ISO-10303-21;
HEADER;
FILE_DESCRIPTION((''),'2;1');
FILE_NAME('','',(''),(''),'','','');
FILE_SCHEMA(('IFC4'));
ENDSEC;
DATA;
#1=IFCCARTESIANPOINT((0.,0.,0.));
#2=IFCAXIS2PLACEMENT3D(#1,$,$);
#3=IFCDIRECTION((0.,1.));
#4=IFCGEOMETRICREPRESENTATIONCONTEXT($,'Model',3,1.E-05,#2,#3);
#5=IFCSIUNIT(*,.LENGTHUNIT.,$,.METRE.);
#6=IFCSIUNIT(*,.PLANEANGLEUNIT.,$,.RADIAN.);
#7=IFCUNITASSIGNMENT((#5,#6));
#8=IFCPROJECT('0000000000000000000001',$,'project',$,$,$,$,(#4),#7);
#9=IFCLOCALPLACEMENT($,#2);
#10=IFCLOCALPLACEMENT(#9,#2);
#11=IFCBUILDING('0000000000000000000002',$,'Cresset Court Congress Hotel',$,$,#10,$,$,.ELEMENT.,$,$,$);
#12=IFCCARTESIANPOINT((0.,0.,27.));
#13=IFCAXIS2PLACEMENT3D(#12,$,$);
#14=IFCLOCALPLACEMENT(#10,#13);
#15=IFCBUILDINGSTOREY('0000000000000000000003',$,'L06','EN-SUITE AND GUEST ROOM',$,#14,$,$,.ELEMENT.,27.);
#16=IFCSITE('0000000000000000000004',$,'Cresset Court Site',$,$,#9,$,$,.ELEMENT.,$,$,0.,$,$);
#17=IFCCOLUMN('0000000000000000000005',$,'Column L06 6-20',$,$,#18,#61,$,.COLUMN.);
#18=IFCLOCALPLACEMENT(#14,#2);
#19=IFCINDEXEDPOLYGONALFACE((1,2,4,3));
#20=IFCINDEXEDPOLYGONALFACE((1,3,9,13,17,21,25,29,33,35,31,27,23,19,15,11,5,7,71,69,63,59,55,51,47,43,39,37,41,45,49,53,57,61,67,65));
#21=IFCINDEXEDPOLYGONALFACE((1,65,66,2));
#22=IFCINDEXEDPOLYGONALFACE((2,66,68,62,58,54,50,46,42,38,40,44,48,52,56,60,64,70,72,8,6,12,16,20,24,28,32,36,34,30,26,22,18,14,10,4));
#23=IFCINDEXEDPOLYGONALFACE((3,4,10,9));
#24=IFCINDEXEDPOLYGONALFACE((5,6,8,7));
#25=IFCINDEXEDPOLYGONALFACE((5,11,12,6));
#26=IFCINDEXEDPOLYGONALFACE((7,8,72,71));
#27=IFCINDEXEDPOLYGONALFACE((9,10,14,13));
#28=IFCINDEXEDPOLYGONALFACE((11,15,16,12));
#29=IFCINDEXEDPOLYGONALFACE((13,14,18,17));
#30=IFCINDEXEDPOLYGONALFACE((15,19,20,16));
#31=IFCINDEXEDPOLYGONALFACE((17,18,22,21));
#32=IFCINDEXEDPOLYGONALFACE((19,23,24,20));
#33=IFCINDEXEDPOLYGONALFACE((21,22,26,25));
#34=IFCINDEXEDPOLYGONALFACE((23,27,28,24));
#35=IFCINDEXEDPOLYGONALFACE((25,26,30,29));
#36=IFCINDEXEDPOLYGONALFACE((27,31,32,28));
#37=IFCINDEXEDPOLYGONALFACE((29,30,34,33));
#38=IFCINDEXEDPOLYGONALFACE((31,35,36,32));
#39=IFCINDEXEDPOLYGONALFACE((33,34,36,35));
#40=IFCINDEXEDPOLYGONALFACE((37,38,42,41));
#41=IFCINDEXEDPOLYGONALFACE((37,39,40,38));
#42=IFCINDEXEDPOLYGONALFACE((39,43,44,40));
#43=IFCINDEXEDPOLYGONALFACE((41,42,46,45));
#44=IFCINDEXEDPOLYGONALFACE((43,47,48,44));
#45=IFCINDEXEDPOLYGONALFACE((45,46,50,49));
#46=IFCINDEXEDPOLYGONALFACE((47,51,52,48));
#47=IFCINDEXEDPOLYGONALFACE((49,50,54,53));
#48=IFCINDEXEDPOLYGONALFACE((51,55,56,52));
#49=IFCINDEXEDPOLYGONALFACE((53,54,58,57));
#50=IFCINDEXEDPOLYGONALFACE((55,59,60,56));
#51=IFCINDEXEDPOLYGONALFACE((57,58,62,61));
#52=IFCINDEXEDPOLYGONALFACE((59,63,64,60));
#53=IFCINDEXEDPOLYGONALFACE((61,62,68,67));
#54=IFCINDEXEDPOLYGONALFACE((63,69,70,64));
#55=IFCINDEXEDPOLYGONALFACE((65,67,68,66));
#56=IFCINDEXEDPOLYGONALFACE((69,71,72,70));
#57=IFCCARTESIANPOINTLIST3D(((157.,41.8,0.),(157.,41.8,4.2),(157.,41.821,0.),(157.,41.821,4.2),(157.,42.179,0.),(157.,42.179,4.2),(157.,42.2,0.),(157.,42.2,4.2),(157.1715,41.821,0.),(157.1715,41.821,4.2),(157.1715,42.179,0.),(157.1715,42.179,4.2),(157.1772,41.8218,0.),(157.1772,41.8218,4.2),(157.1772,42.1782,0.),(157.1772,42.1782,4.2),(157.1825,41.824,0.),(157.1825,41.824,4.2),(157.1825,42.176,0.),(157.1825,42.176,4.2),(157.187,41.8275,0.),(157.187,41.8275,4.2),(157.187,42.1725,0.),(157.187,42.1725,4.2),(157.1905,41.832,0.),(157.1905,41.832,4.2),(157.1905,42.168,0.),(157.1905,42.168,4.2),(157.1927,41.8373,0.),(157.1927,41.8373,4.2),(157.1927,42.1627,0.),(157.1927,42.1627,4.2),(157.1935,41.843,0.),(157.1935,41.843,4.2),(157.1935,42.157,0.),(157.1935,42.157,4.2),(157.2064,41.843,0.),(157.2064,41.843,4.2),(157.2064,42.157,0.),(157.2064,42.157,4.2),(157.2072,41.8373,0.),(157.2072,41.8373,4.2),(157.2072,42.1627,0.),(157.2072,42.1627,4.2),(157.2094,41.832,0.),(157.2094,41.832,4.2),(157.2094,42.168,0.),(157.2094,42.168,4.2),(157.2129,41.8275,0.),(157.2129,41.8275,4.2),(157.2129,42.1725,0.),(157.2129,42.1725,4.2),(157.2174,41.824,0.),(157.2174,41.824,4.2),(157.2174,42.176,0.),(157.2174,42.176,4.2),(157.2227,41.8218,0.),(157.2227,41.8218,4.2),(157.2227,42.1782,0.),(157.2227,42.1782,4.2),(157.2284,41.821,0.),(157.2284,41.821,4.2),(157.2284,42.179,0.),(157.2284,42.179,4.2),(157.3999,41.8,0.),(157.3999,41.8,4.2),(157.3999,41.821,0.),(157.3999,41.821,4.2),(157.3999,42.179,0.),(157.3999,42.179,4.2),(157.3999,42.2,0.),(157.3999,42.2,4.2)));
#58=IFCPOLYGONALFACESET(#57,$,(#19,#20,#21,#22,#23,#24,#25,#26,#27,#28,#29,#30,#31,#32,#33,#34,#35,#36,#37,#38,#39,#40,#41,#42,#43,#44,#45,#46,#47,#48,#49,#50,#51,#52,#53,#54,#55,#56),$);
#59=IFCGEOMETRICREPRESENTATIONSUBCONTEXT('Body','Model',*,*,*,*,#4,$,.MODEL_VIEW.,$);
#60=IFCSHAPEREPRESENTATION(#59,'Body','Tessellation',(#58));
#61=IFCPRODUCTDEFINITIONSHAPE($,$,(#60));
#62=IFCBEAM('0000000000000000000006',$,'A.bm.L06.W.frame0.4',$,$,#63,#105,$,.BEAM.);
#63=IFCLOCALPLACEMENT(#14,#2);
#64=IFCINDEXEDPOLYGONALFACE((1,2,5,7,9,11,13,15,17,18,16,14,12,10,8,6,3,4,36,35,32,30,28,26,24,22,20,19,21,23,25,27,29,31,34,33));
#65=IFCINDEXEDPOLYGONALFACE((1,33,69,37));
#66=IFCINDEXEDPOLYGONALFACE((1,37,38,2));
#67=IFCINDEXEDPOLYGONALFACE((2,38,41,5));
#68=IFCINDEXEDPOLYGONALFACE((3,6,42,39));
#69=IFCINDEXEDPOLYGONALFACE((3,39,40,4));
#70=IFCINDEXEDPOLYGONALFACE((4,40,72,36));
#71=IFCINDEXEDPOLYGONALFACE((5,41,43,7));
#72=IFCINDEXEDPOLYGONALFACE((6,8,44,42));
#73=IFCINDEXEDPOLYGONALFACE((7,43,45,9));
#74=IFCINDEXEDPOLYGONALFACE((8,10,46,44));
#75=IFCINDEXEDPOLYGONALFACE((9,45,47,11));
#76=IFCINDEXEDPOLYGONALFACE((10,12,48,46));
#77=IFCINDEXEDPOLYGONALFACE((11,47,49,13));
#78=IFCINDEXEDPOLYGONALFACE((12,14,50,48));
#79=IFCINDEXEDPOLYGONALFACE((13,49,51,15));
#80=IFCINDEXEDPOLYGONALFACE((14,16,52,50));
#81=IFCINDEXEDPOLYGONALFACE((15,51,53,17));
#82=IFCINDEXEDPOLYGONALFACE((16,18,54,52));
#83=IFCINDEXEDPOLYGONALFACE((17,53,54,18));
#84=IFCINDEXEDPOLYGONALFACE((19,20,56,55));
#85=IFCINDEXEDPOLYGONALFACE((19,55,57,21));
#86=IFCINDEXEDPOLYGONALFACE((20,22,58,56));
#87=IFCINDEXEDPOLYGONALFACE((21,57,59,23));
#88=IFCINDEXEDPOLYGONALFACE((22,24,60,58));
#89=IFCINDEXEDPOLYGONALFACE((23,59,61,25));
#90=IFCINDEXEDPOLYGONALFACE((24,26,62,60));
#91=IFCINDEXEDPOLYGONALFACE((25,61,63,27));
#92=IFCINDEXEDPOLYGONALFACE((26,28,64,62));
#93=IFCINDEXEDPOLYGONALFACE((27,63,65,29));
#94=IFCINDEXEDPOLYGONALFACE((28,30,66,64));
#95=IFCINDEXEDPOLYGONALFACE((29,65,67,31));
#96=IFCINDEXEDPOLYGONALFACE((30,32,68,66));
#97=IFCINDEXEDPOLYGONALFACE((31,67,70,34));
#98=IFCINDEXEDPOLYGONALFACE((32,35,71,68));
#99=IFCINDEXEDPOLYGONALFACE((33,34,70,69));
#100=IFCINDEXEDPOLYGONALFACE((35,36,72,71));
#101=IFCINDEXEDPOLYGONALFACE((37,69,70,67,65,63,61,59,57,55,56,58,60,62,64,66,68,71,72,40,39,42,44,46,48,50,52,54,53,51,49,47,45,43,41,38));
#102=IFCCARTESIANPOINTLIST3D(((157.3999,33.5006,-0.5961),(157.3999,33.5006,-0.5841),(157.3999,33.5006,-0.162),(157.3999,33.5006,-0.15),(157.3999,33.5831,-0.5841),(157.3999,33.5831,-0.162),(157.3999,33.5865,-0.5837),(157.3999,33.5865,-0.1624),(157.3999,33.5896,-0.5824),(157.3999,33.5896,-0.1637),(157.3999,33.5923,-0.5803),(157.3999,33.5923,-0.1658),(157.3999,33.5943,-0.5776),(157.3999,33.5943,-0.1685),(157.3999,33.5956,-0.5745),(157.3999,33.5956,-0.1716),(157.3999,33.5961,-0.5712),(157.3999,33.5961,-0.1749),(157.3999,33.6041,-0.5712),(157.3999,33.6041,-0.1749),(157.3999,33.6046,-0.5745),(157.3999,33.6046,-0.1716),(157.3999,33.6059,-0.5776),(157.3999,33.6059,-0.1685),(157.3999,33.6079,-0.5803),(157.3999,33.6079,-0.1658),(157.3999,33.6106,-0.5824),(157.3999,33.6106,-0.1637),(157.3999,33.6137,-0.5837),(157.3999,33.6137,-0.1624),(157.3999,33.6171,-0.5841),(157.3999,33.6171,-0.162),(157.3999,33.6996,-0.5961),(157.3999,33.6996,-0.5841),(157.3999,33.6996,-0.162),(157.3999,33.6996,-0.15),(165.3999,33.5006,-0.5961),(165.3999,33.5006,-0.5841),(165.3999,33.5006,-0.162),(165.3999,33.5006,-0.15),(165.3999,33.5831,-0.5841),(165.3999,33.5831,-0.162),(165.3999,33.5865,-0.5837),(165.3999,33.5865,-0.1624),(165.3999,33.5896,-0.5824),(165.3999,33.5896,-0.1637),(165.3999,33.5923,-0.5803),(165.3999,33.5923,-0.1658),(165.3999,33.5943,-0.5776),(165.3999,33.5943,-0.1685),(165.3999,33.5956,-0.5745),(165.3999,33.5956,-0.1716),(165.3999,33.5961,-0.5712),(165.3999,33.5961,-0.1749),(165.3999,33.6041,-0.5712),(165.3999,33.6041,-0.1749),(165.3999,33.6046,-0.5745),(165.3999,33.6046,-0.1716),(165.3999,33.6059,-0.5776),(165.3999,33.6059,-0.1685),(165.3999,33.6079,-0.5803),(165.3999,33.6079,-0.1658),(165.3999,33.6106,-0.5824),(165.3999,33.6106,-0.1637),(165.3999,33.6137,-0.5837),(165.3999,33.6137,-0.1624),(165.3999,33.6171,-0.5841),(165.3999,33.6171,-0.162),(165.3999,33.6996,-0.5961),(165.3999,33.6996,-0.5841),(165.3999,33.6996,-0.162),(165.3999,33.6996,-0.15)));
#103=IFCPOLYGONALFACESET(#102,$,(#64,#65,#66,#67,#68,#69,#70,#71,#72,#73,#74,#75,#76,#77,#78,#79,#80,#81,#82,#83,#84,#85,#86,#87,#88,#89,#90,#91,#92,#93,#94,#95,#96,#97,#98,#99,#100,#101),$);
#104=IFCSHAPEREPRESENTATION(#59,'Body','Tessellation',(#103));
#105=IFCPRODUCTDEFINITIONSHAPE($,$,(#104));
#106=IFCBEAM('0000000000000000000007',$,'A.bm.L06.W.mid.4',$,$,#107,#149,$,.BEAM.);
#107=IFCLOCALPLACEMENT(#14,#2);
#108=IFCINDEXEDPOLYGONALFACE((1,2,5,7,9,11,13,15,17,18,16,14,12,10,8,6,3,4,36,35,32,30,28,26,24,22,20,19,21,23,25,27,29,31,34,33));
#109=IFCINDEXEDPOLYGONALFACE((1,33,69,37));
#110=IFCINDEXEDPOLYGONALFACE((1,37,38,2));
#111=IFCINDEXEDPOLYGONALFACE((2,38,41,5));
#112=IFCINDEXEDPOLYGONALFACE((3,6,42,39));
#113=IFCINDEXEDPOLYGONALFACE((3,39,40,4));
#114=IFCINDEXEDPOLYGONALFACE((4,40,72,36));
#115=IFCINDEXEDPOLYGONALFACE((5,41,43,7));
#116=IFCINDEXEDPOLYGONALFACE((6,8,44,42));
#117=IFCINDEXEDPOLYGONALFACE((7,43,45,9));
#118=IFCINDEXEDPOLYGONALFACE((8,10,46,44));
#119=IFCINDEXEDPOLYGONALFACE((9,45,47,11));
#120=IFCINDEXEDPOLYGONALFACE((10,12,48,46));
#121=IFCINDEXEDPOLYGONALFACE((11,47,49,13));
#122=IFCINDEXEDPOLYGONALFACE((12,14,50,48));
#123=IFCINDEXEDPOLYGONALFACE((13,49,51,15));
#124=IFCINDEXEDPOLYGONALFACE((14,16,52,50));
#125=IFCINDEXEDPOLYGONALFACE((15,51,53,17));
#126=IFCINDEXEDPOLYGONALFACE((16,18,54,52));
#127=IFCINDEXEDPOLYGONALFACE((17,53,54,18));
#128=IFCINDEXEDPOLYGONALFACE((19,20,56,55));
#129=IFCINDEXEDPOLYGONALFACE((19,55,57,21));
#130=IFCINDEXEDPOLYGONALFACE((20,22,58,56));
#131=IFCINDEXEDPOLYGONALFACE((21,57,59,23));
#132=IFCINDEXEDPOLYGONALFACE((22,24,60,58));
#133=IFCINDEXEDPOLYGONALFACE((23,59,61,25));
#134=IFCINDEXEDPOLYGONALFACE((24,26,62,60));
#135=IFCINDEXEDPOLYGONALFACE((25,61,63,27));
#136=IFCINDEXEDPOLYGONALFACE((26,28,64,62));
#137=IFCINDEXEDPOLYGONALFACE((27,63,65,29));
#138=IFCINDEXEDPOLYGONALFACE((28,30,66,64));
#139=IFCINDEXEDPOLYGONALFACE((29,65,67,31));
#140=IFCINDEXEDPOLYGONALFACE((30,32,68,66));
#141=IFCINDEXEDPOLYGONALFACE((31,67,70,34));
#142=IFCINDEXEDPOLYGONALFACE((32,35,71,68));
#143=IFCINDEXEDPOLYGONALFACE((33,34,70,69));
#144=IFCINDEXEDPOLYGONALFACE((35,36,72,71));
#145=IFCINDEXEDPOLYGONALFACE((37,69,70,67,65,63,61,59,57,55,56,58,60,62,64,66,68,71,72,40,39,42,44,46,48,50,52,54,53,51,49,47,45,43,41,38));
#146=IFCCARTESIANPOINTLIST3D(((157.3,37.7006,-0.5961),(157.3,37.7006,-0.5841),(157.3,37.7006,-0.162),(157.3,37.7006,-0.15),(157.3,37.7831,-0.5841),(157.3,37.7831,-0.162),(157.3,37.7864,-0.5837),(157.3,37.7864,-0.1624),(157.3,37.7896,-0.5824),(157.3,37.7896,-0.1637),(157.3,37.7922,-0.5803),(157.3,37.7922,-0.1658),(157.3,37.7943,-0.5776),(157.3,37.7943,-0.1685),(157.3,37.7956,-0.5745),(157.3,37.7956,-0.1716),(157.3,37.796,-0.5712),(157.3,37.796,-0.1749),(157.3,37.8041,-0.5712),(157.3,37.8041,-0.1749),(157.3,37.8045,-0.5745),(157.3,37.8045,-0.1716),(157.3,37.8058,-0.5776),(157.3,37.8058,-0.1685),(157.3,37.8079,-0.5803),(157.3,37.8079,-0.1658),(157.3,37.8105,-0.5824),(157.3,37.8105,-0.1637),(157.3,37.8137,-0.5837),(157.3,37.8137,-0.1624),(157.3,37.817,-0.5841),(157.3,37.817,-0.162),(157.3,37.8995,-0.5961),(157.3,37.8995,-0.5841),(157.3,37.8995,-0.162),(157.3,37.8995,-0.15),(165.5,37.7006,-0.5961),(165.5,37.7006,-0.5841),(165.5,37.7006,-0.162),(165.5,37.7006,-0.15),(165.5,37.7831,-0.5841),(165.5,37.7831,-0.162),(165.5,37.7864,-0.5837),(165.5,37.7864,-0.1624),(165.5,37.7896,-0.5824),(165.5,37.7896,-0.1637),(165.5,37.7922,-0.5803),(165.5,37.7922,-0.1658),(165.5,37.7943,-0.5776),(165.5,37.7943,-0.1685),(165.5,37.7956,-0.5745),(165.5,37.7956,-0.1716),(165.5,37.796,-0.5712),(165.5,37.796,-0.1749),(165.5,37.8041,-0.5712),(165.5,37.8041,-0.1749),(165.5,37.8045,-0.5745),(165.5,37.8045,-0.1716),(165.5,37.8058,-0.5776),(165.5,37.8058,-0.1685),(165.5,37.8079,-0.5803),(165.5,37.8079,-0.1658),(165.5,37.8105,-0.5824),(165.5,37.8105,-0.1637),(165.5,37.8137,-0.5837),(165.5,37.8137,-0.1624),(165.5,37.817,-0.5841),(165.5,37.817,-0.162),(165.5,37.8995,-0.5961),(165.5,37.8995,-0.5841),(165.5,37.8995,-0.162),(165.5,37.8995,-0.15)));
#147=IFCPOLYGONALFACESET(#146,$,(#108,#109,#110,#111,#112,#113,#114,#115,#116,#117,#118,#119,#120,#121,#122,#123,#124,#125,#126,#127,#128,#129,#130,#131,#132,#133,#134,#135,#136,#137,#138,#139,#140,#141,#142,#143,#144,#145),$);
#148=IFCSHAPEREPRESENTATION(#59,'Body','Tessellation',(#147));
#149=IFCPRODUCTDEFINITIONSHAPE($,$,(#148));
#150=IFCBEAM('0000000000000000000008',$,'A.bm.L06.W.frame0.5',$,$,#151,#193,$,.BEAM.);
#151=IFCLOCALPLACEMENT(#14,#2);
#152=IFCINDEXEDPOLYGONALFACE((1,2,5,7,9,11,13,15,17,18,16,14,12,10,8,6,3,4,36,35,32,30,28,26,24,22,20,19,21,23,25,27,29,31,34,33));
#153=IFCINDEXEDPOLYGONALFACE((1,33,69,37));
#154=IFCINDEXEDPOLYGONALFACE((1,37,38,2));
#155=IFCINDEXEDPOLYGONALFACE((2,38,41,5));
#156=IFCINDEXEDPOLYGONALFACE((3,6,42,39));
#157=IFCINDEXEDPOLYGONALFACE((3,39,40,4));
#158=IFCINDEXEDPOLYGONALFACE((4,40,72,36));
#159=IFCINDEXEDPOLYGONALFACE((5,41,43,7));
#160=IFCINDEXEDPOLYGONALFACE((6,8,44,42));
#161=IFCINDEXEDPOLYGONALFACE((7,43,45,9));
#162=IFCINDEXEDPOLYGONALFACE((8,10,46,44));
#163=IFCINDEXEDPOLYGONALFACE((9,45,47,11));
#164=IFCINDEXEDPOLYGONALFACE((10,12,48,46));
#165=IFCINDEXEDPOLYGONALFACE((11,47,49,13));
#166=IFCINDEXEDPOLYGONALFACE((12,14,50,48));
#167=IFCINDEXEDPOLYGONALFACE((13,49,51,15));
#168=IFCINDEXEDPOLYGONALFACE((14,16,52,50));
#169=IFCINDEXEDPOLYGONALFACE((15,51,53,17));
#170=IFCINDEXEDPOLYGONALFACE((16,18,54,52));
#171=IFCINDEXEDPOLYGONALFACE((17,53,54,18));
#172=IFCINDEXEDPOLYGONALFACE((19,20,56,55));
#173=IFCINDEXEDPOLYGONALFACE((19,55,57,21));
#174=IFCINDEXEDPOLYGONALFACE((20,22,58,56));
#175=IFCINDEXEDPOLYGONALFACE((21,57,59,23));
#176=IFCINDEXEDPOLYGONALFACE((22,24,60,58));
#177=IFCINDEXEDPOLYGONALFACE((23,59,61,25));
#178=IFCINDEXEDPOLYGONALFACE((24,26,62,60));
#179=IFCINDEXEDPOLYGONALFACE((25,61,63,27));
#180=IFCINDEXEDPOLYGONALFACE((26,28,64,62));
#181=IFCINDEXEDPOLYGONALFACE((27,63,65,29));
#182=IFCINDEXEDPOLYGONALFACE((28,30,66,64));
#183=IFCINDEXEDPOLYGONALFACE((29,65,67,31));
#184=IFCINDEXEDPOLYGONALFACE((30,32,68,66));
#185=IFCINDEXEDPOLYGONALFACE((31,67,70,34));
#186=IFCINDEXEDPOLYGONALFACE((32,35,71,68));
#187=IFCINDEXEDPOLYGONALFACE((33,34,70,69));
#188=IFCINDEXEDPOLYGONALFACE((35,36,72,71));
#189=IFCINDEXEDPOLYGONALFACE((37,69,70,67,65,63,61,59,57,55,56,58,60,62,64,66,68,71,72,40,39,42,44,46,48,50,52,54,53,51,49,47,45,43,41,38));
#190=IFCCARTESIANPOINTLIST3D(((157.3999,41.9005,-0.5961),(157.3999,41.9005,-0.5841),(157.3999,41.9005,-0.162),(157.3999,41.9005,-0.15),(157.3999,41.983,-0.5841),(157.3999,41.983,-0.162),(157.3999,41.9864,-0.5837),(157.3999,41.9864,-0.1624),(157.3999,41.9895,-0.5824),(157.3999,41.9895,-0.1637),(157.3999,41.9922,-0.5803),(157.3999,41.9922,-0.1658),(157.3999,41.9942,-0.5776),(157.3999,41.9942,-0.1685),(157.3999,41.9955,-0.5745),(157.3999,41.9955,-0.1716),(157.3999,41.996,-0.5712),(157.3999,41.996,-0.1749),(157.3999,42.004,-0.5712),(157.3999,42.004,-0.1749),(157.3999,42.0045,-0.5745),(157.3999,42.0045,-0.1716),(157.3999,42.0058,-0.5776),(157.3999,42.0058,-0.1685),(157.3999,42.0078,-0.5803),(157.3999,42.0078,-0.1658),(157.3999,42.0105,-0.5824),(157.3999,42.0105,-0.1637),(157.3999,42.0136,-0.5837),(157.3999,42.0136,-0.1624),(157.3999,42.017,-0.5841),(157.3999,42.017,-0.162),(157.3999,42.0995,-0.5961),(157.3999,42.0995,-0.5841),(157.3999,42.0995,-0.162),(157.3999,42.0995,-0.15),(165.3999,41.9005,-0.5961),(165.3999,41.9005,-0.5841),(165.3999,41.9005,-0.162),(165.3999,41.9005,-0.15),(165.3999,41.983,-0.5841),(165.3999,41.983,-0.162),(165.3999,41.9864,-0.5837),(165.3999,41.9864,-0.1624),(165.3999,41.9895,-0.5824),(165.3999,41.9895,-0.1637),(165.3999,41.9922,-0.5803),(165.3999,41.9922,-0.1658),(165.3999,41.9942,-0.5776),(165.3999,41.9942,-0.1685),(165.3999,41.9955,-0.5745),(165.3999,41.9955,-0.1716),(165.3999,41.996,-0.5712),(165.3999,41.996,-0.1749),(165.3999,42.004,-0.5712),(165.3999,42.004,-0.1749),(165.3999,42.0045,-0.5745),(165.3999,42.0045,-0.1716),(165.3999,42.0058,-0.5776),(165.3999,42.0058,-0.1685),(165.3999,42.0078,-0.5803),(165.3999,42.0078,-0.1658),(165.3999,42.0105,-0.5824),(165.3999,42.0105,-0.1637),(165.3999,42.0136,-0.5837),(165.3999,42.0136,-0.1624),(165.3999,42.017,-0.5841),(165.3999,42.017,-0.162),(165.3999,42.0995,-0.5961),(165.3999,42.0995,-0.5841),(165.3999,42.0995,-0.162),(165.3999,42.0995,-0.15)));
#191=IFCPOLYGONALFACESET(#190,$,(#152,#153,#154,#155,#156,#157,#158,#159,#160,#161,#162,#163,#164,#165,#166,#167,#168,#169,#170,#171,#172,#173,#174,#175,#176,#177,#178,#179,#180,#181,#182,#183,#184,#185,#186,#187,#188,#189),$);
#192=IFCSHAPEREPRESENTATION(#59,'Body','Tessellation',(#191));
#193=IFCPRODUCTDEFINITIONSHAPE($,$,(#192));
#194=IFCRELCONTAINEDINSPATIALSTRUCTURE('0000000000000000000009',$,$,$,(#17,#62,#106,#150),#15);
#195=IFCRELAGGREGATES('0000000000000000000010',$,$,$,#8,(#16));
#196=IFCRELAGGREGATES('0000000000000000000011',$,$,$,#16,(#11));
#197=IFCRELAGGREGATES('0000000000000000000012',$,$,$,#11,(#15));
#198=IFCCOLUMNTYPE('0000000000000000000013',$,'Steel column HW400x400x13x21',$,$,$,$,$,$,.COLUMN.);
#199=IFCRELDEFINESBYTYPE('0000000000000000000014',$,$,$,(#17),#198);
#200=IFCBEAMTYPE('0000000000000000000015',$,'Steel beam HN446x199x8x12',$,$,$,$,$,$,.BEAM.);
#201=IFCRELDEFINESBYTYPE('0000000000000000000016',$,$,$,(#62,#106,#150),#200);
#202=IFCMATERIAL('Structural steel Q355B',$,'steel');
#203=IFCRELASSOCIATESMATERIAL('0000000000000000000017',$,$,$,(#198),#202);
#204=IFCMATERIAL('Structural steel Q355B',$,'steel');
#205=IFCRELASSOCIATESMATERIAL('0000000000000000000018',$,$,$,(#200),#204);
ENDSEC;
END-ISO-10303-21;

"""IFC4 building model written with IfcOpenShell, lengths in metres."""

from ifc_helpers import new_model, si_unit, direction, frame, origin, origin_2d, place, context, subcontext, project, spatial, i_section, extrude, material, material_profile, profile_set, type_object, element, save


model = new_model("IFC4")

# Units and contexts
model_context = context("Model", 3, precision=1e-05, world=origin(), true_north=direction((0.0, 1.0)))
body_context = subcontext(model_context, "Body", "Model", "MODEL_VIEW")
ifc_project = project(units=[si_unit("LENGTHUNIT", "METRE"), si_unit("PLANEANGLEUNIT", "RADIAN")], contexts=[model_context])

# Site, building, storey
site_placement = place(None, origin())
site = spatial("IfcSite", under=ifc_project, at=site_placement, Name="Cresset Court Site", CompositionType="ELEMENT", RefElevation=0.0)
building_placement = place(site_placement, origin())
building = spatial("IfcBuilding", under=site, at=building_placement, Name="Cresset Court Congress Hotel", CompositionType="ELEMENT")
storey_placement = place(building_placement, frame((0.0, 0.0, 27.0)))
storey = spatial("IfcBuildingStorey", under=building, at=storey_placement, Name="L06", Description="EN-SUITE AND GUEST ROOM", CompositionType="ELEMENT", Elevation=27.0)

# Column
ifc_material_1 = material(Name="Structural steel Q355B", Category="steel")
ifc_material_profile_1 = material_profile(ifc_material_1, i_section(OverallWidth=0.3999, OverallDepth=0.3999, WebThickness=0.0129, FlangeThickness=0.021, FilletRadius=0.022, at=origin_2d()), Name="HW400x400x13x21")
ifc_profile_set_1 = profile_set([ifc_material_profile_1], Name="Structural steel Q355B")
column_type = type_object("IfcColumnType", Name="Steel column HW400x400x13x21", PredefinedType="COLUMN", material=ifc_profile_set_1)
column_placement = place(storey_placement, frame((157.2, 42.0, 0.0), z_axis=(0.0, 0.0, 1.0), x_axis=(1.0, 0.0, 0.0)))
element("IfcColumn", 1, at=column_placement, inside=storey, type_object=column_type, Name="Column L06 6-20", PredefinedType="COLUMN", context=body_context, shape_type="SweptSolid", body=[
    extrude(i_section(OverallWidth=0.3999, OverallDepth=0.3999, WebThickness=0.0129, FlangeThickness=0.021, FilletRadius=0.022, at=origin_2d()), origin(), (0.0, 0.0, 1.0), 4.2),
])

# Beams
ifc_material_2 = material(Name="Structural steel Q355B", Category="steel")
ifc_material_profile_2 = material_profile(ifc_material_2, i_section(OverallWidth=0.199, OverallDepth=0.446, WebThickness=0.0081, FlangeThickness=0.012, FilletRadius=0.0129, at=origin_2d()), Name="HN446x199x8x12")
ifc_profile_set_2 = profile_set([ifc_material_profile_2], Name="Structural steel Q355B")
beam_type_1 = type_object("IfcBeamType", Name="Steel beam HN446x199x8x12", PredefinedType="BEAM", material=ifc_profile_set_2)
beam_1_placement = place(storey_placement, frame((157.3999, 33.6001, -0.373), z_axis=(1.0, 0.0, 0.0), x_axis=(0.0, 1.0, 0.0)))
element("IfcBeam", 2, at=beam_1_placement, inside=storey, type_object=beam_type_1, Name="A.bm.L06.W.frame0.4", PredefinedType="BEAM", context=body_context, shape_type="SweptSolid", body=[
    extrude(i_section(OverallWidth=0.199, OverallDepth=0.446, WebThickness=0.0081, FlangeThickness=0.012, FilletRadius=0.0129, at=origin_2d()), origin(), (0.0, 0.0, 1.0), 8.0),
])
beam_2_placement = place(storey_placement, frame((157.3, 37.8, -0.373), z_axis=(1.0, 0.0, 0.0), x_axis=(0.0, 1.0, 0.0)))
element("IfcBeam", 3, at=beam_2_placement, inside=storey, type_object=beam_type_1, Name="A.bm.L06.W.mid.4", PredefinedType="BEAM", context=body_context, shape_type="SweptSolid", body=[
    extrude(i_section(OverallWidth=0.199, OverallDepth=0.446, WebThickness=0.0081, FlangeThickness=0.012, FilletRadius=0.0129, at=origin_2d()), origin(), (0.0, 0.0, 1.0), 8.2),
])
beam_3_placement = place(storey_placement, frame((157.3999, 42.0, -0.373), z_axis=(1.0, 0.0, 0.0), x_axis=(0.0, 1.0, 0.0)))
element("IfcBeam", 4, at=beam_3_placement, inside=storey, type_object=beam_type_1, Name="A.bm.L06.W.frame0.5", PredefinedType="BEAM", context=body_context, shape_type="SweptSolid", body=[
    extrude(i_section(OverallWidth=0.199, OverallDepth=0.446, WebThickness=0.0081, FlangeThickness=0.012, FilletRadius=0.0129, at=origin_2d()), origin(), (0.0, 0.0, 1.0), 8.0),
])

save(model, "model.ifc")
